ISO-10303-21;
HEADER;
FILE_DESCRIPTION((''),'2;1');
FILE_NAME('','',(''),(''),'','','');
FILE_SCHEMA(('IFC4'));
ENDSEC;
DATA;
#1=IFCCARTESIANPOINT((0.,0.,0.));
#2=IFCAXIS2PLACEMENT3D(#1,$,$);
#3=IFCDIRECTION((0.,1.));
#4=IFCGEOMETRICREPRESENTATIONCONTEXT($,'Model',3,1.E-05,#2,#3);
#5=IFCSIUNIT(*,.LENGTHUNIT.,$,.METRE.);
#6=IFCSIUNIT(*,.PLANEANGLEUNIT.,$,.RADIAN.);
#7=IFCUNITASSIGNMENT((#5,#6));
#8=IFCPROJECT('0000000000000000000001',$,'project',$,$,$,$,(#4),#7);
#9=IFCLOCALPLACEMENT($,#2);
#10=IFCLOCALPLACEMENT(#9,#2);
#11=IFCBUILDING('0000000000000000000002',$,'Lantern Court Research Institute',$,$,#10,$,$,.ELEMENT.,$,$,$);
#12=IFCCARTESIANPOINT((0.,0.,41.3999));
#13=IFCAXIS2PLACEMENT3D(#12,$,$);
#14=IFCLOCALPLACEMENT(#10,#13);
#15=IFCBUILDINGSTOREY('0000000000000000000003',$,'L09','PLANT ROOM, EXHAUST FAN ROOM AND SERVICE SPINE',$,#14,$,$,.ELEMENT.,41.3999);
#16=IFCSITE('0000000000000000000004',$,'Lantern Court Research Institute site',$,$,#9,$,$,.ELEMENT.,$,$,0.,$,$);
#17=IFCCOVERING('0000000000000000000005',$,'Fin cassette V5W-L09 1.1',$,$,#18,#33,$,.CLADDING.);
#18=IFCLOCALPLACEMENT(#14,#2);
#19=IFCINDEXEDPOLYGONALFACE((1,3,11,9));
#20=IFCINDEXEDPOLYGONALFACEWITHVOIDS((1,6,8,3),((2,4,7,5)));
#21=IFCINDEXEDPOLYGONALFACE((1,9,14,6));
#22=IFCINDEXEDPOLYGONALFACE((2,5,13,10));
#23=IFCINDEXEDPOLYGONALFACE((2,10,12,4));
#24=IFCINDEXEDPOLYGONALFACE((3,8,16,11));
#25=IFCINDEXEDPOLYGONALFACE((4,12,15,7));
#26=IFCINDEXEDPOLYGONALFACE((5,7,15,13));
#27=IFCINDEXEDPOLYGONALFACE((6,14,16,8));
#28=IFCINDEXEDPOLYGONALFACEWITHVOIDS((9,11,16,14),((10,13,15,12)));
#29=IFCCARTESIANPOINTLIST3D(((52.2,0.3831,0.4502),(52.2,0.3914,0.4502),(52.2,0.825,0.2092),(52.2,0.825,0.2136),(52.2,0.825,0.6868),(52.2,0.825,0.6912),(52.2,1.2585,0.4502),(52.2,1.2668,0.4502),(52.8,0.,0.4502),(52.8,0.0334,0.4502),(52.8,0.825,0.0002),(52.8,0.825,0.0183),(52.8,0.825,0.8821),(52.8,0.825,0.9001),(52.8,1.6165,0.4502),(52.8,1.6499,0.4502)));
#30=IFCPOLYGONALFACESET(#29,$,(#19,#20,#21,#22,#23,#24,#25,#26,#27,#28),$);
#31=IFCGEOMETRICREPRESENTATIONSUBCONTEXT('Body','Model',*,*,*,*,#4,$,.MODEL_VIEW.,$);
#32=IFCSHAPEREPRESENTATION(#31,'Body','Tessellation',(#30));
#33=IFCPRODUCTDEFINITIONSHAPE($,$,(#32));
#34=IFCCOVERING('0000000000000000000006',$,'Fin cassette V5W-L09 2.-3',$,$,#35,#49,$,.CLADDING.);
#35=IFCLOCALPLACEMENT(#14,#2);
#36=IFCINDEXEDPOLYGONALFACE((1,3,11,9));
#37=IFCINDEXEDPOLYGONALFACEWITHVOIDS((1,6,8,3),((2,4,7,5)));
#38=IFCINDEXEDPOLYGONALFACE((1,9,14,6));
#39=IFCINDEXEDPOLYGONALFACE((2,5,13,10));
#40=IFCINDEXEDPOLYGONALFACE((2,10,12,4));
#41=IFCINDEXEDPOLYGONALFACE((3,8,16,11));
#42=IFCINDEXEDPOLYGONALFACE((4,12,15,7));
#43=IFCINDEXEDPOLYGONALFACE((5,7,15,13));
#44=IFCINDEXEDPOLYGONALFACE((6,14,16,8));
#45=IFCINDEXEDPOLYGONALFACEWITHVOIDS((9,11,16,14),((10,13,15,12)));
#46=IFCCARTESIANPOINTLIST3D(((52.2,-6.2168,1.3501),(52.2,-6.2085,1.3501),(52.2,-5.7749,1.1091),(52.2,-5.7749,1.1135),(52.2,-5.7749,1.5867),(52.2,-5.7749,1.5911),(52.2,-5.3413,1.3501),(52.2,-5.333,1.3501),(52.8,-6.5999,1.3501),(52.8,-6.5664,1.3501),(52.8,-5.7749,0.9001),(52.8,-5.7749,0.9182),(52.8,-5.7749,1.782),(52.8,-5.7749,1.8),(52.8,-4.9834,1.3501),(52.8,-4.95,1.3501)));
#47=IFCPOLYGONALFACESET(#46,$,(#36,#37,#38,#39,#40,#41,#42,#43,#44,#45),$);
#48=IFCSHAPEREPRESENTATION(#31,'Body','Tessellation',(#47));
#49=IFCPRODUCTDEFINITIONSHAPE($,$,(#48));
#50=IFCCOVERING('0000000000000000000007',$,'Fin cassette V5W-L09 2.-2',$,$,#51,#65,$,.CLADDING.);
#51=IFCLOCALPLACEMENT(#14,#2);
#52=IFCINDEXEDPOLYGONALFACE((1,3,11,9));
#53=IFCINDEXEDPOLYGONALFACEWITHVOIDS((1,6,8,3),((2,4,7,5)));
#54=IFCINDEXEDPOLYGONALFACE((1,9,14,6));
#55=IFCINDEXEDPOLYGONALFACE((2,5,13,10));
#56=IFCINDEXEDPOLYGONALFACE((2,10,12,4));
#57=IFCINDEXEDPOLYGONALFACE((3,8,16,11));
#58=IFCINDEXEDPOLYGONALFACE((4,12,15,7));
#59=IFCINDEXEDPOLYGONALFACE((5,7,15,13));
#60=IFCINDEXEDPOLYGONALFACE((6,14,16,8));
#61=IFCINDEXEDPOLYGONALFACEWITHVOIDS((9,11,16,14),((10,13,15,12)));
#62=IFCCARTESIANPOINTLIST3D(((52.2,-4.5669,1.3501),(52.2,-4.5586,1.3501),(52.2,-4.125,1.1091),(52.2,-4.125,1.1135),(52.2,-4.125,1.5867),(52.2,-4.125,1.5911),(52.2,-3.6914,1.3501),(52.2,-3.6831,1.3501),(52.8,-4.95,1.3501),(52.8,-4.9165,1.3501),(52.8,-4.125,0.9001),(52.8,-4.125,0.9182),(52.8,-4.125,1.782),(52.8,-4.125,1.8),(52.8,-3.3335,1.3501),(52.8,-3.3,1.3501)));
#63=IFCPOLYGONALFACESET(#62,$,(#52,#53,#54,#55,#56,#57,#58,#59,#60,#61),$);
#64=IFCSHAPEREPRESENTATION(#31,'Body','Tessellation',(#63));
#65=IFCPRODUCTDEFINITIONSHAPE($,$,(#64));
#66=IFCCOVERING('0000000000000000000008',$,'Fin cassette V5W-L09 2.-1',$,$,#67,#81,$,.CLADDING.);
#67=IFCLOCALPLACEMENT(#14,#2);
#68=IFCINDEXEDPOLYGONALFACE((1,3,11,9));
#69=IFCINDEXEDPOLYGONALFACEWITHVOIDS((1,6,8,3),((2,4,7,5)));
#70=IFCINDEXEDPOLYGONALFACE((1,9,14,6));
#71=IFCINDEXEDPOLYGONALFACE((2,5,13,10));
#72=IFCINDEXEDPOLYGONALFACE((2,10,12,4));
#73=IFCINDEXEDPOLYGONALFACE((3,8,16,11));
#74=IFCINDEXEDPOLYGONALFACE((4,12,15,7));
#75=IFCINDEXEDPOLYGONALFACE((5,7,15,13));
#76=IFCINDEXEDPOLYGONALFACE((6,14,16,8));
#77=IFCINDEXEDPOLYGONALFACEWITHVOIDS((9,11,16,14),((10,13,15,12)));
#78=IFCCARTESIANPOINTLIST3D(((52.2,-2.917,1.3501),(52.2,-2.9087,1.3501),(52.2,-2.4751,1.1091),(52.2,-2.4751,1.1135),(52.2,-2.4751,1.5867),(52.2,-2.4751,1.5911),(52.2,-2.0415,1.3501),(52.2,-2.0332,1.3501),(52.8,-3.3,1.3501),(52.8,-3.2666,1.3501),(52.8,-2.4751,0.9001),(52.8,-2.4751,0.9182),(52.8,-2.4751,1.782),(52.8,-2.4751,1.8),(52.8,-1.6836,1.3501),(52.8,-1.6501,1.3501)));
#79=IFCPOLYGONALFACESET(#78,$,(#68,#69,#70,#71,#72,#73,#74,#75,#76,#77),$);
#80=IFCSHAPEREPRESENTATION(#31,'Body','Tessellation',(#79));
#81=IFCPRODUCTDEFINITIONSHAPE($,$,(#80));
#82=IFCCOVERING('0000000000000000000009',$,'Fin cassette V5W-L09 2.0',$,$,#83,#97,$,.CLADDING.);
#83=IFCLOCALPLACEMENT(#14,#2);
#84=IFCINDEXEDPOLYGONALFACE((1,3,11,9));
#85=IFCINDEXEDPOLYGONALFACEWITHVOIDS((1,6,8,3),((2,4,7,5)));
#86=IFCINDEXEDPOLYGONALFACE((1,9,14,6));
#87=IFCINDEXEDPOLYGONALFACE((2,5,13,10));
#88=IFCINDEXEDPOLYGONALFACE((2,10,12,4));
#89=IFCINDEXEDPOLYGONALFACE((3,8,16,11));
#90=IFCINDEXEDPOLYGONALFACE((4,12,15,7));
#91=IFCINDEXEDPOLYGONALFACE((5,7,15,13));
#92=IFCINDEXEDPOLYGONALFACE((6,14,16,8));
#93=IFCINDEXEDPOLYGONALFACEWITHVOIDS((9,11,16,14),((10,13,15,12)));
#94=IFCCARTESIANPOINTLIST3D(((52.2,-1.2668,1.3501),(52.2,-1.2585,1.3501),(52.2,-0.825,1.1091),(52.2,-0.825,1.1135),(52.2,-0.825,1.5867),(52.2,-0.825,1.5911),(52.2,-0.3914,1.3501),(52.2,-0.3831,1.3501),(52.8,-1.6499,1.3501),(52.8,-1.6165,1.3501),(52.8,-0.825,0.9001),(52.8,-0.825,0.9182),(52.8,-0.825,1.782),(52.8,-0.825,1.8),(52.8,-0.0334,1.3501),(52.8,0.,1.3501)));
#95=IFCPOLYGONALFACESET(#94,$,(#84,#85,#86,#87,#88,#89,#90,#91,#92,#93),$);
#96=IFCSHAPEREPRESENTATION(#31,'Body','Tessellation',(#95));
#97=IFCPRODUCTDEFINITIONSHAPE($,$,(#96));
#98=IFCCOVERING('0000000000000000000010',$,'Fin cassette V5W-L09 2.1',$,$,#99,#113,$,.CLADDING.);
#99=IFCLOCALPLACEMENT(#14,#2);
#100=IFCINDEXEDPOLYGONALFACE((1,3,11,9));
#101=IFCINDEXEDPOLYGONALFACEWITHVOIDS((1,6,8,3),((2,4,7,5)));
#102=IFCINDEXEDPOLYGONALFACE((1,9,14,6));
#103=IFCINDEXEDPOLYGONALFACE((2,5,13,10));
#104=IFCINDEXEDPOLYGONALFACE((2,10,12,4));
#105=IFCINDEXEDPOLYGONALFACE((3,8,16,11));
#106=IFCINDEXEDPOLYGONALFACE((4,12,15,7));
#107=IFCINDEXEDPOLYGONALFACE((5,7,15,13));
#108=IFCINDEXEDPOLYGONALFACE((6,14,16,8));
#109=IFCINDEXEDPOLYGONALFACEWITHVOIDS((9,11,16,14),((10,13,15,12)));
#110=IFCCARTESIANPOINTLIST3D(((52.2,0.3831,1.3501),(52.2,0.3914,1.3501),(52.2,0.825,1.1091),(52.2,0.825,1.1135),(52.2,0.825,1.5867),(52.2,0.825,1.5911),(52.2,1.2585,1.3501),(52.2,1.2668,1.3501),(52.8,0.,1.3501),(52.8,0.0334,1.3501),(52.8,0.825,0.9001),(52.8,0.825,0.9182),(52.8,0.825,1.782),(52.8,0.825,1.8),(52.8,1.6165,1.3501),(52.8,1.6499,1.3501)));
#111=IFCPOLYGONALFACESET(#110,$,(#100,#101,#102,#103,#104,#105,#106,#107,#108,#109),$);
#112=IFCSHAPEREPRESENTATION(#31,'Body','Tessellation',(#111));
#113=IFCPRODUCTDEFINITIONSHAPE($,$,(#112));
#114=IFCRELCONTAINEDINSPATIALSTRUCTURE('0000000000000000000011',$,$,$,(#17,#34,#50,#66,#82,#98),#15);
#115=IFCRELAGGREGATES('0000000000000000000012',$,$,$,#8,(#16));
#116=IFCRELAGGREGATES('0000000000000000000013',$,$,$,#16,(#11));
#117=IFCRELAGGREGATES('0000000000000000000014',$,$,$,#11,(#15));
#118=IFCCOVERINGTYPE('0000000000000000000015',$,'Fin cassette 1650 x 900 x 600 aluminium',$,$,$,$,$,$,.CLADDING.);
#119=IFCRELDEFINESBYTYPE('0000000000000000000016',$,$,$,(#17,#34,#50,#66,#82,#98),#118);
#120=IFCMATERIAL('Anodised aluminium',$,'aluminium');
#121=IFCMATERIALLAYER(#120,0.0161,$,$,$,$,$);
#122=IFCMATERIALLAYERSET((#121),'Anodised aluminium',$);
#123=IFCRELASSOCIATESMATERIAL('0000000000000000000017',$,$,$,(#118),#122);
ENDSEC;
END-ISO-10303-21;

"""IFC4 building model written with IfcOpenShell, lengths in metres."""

from ifc_helpers import new_model, entity, si_unit, direction, frame, origin, place, context, subcontext, project, spatial, material, layer, layer_set, type_object, element, save


model = new_model("IFC4")

# Units and contexts
model_context = context("Model", 3, precision=1e-05, world=origin(), true_north=direction((0.0, 1.0)))
body_context = subcontext(model_context, "Body", "Model", "MODEL_VIEW")
ifc_project = project(units=[si_unit("LENGTHUNIT", "METRE"), si_unit("PLANEANGLEUNIT", "RADIAN")], contexts=[model_context])

# Site, building, storey
site_placement = place(None, origin())
site = spatial("IfcSite", under=ifc_project, at=site_placement, Name="Lantern Court Research Institute site", CompositionType="ELEMENT", RefElevation=0.0)
building_placement = place(site_placement, origin())
building = spatial("IfcBuilding", under=site, at=building_placement, Name="Lantern Court Research Institute", CompositionType="ELEMENT")
storey_placement = place(building_placement, frame((0.0, 0.0, 41.3999)))
storey = spatial("IfcBuildingStorey", under=building, at=storey_placement, Name="L09", Description="PLANT ROOM, EXHAUST FAN ROOM AND SERVICE SPINE", CompositionType="ELEMENT", Elevation=41.3999)

# Coverings
ifc_material_1 = material(Name="Anodised aluminium", Category="aluminium")
ifc_layer_1 = layer(ifc_material_1, 0.0161)
ifc_layer_set_1 = layer_set([ifc_layer_1], Name="Anodised aluminium")
covering_type = type_object("IfcCoveringType", Name="Fin cassette 1650 x 900 x 600 aluminium", PredefinedType="CLADDING", material=ifc_layer_set_1)
covering_1_placement = place(storey_placement, frame((52.8, 0.825, 0.4502), z_axis=(-1.0, 0.0, 0.0), x_axis=(0.0, -1.0, 0.0)))
cartesian_point_1 = entity("IfcCartesianPoint", [0.825, 0.0])
cartesian_point_2 = entity("IfcCartesianPoint", [0.7915, 0.0])
cartesian_point_3 = entity("IfcCartesianPoint", [0.4419, 0.0])
cartesian_point_4 = entity("IfcCartesianPoint", [0.4336, 0.0])
element("IfcCovering", 1, at=covering_1_placement, inside=storey, type_object=covering_type, Name="Fin cassette V5W-L09 1.1", PredefinedType="CLADDING", context=body_context, shape_type="SweptSolid", body=[
    entity("IfcExtrudedAreaSolidTapered", entity("IfcArbitraryProfileDefWithVoids", "AREA", None, entity("IfcPolyline", [cartesian_point_1, entity("IfcCartesianPoint", [0.0, 0.45]), entity("IfcCartesianPoint", [-0.825, 0.0]), entity("IfcCartesianPoint", [0.0, -0.45]), cartesian_point_1]), [entity("IfcPolyline", [cartesian_point_2, entity("IfcCartesianPoint", [0.0, 0.4319]), entity("IfcCartesianPoint", [-0.7915, 0.0]), entity("IfcCartesianPoint", [0.0, -0.4319]), cartesian_point_2])]), entity("IfcAxis2Placement3D", entity("IfcCartesianPoint", [0.0, 0.0, 0.0])), entity("IfcDirection", [0.0, 0.0, 1.0]), 0.6001, entity("IfcArbitraryProfileDefWithVoids", "AREA", None, entity("IfcPolyline", [cartesian_point_3, entity("IfcCartesianPoint", [0.0, 0.241]), entity("IfcCartesianPoint", [-0.4419, 0.0]), entity("IfcCartesianPoint", [0.0, -0.241]), cartesian_point_3]), [entity("IfcPolyline", [cartesian_point_4, entity("IfcCartesianPoint", [0.0, 0.2366]), entity("IfcCartesianPoint", [-0.4336, 0.0]), entity("IfcCartesianPoint", [0.0, -0.2366]), cartesian_point_4])])),
])
covering_2_placement = place(storey_placement, frame((52.8, -5.7749, 1.3501), z_axis=(-1.0, 0.0, 0.0), x_axis=(0.0, -1.0, 0.0)))
cartesian_point_5 = entity("IfcCartesianPoint", [0.825, 0.0])
cartesian_point_6 = entity("IfcCartesianPoint", [0.7915, 0.0])
cartesian_point_7 = entity("IfcCartesianPoint", [0.4419, 0.0])
cartesian_point_8 = entity("IfcCartesianPoint", [0.4336, 0.0])
element("IfcCovering", 2, at=covering_2_placement, inside=storey, type_object=covering_type, Name="Fin cassette V5W-L09 2.-3", PredefinedType="CLADDING", context=body_context, shape_type="SweptSolid", body=[
    entity("IfcExtrudedAreaSolidTapered", entity("IfcArbitraryProfileDefWithVoids", "AREA", None, entity("IfcPolyline", [cartesian_point_5, entity("IfcCartesianPoint", [0.0, 0.45]), entity("IfcCartesianPoint", [-0.825, 0.0]), entity("IfcCartesianPoint", [0.0, -0.45]), cartesian_point_5]), [entity("IfcPolyline", [cartesian_point_6, entity("IfcCartesianPoint", [0.0, 0.4319]), entity("IfcCartesianPoint", [-0.7915, 0.0]), entity("IfcCartesianPoint", [0.0, -0.4319]), cartesian_point_6])]), entity("IfcAxis2Placement3D", entity("IfcCartesianPoint", [0.0, 0.0, 0.0])), entity("IfcDirection", [0.0, 0.0, 1.0]), 0.6001, entity("IfcArbitraryProfileDefWithVoids", "AREA", None, entity("IfcPolyline", [cartesian_point_7, entity("IfcCartesianPoint", [0.0, 0.241]), entity("IfcCartesianPoint", [-0.4419, 0.0]), entity("IfcCartesianPoint", [0.0, -0.241]), cartesian_point_7]), [entity("IfcPolyline", [cartesian_point_8, entity("IfcCartesianPoint", [0.0, 0.2366]), entity("IfcCartesianPoint", [-0.4336, 0.0]), entity("IfcCartesianPoint", [0.0, -0.2366]), cartesian_point_8])])),
])
covering_3_placement = place(storey_placement, frame((52.8, -4.125, 1.3501), z_axis=(-1.0, 0.0, 0.0), x_axis=(0.0, -1.0, 0.0)))
cartesian_point_9 = entity("IfcCartesianPoint", [0.825, 0.0])
cartesian_point_10 = entity("IfcCartesianPoint", [0.7915, 0.0])
cartesian_point_11 = entity("IfcCartesianPoint", [0.4419, 0.0])
cartesian_point_12 = entity("IfcCartesianPoint", [0.4336, 0.0])
element("IfcCovering", 3, at=covering_3_placement, inside=storey, type_object=covering_type, Name="Fin cassette V5W-L09 2.-2", PredefinedType="CLADDING", context=body_context, shape_type="SweptSolid", body=[
    entity("IfcExtrudedAreaSolidTapered", entity("IfcArbitraryProfileDefWithVoids", "AREA", None, entity("IfcPolyline", [cartesian_point_9, entity("IfcCartesianPoint", [0.0, 0.45]), entity("IfcCartesianPoint", [-0.825, 0.0]), entity("IfcCartesianPoint", [0.0, -0.45]), cartesian_point_9]), [entity("IfcPolyline", [cartesian_point_10, entity("IfcCartesianPoint", [0.0, 0.4319]), entity("IfcCartesianPoint", [-0.7915, 0.0]), entity("IfcCartesianPoint", [0.0, -0.4319]), cartesian_point_10])]), entity("IfcAxis2Placement3D", entity("IfcCartesianPoint", [0.0, 0.0, 0.0])), entity("IfcDirection", [0.0, 0.0, 1.0]), 0.6001, entity("IfcArbitraryProfileDefWithVoids", "AREA", None, entity("IfcPolyline", [cartesian_point_11, entity("IfcCartesianPoint", [0.0, 0.241]), entity("IfcCartesianPoint", [-0.4419, 0.0]), entity("IfcCartesianPoint", [0.0, -0.241]), cartesian_point_11]), [entity("IfcPolyline", [cartesian_point_12, entity("IfcCartesianPoint", [0.0, 0.2366]), entity("IfcCartesianPoint", [-0.4336, 0.0]), entity("IfcCartesianPoint", [0.0, -0.2366]), cartesian_point_12])])),
])
covering_4_placement = place(storey_placement, frame((52.8, -2.4751, 1.3501), z_axis=(-1.0, 0.0, 0.0), x_axis=(0.0, -1.0, 0.0)))
cartesian_point_13 = entity("IfcCartesianPoint", [0.825, 0.0])
cartesian_point_14 = entity("IfcCartesianPoint", [0.7915, 0.0])
cartesian_point_15 = entity("IfcCartesianPoint", [0.4419, 0.0])
cartesian_point_16 = entity("IfcCartesianPoint", [0.4336, 0.0])
element("IfcCovering", 4, at=covering_4_placement, inside=storey, type_object=covering_type, Name="Fin cassette V5W-L09 2.-1", PredefinedType="CLADDING", context=body_context, shape_type="SweptSolid", body=[
    entity("IfcExtrudedAreaSolidTapered", entity("IfcArbitraryProfileDefWithVoids", "AREA", None, entity("IfcPolyline", [cartesian_point_13, entity("IfcCartesianPoint", [0.0, 0.45]), entity("IfcCartesianPoint", [-0.825, 0.0]), entity("IfcCartesianPoint", [0.0, -0.45]), cartesian_point_13]), [entity("IfcPolyline", [cartesian_point_14, entity("IfcCartesianPoint", [0.0, 0.4319]), entity("IfcCartesianPoint", [-0.7915, 0.0]), entity("IfcCartesianPoint", [0.0, -0.4319]), cartesian_point_14])]), entity("IfcAxis2Placement3D", entity("IfcCartesianPoint", [0.0, 0.0, 0.0])), entity("IfcDirection", [0.0, 0.0, 1.0]), 0.6001, entity("IfcArbitraryProfileDefWithVoids", "AREA", None, entity("IfcPolyline", [cartesian_point_15, entity("IfcCartesianPoint", [0.0, 0.241]), entity("IfcCartesianPoint", [-0.4419, 0.0]), entity("IfcCartesianPoint", [0.0, -0.241]), cartesian_point_15]), [entity("IfcPolyline", [cartesian_point_16, entity("IfcCartesianPoint", [0.0, 0.2366]), entity("IfcCartesianPoint", [-0.4336, 0.0]), entity("IfcCartesianPoint", [0.0, -0.2366]), cartesian_point_16])])),
])
covering_5_placement = place(storey_placement, frame((52.8, -0.825, 1.3501), z_axis=(-1.0, 0.0, 0.0), x_axis=(0.0, -1.0, 0.0)))
cartesian_point_17 = entity("IfcCartesianPoint", [0.825, 0.0])
cartesian_point_18 = entity("IfcCartesianPoint", [0.7915, 0.0])
cartesian_point_19 = entity("IfcCartesianPoint", [0.4419, 0.0])
cartesian_point_20 = entity("IfcCartesianPoint", [0.4336, 0.0])
element("IfcCovering", 5, at=covering_5_placement, inside=storey, type_object=covering_type, Name="Fin cassette V5W-L09 2.0", PredefinedType="CLADDING", context=body_context, shape_type="SweptSolid", body=[
    entity("IfcExtrudedAreaSolidTapered", entity("IfcArbitraryProfileDefWithVoids", "AREA", None, entity("IfcPolyline", [cartesian_point_17, entity("IfcCartesianPoint", [0.0, 0.45]), entity("IfcCartesianPoint", [-0.825, 0.0]), entity("IfcCartesianPoint", [0.0, -0.45]), cartesian_point_17]), [entity("IfcPolyline", [cartesian_point_18, entity("IfcCartesianPoint", [0.0, 0.4319]), entity("IfcCartesianPoint", [-0.7915, 0.0]), entity("IfcCartesianPoint", [0.0, -0.4319]), cartesian_point_18])]), entity("IfcAxis2Placement3D", entity("IfcCartesianPoint", [0.0, 0.0, 0.0])), entity("IfcDirection", [0.0, 0.0, 1.0]), 0.6001, entity("IfcArbitraryProfileDefWithVoids", "AREA", None, entity("IfcPolyline", [cartesian_point_19, entity("IfcCartesianPoint", [0.0, 0.241]), entity("IfcCartesianPoint", [-0.4419, 0.0]), entity("IfcCartesianPoint", [0.0, -0.241]), cartesian_point_19]), [entity("IfcPolyline", [cartesian_point_20, entity("IfcCartesianPoint", [0.0, 0.2366]), entity("IfcCartesianPoint", [-0.4336, 0.0]), entity("IfcCartesianPoint", [0.0, -0.2366]), cartesian_point_20])])),
])
covering_6_placement = place(storey_placement, frame((52.8, 0.825, 1.3501), z_axis=(-1.0, 0.0, 0.0), x_axis=(0.0, -1.0, 0.0)))
cartesian_point_21 = entity("IfcCartesianPoint", [0.825, 0.0])
cartesian_point_22 = entity("IfcCartesianPoint", [0.7915, 0.0])
cartesian_point_23 = entity("IfcCartesianPoint", [0.4419, 0.0])
cartesian_point_24 = entity("IfcCartesianPoint", [0.4336, 0.0])
element("IfcCovering", 6, at=covering_6_placement, inside=storey, type_object=covering_type, Name="Fin cassette V5W-L09 2.1", PredefinedType="CLADDING", context=body_context, shape_type="SweptSolid", body=[
    entity("IfcExtrudedAreaSolidTapered", entity("IfcArbitraryProfileDefWithVoids", "AREA", None, entity("IfcPolyline", [cartesian_point_21, entity("IfcCartesianPoint", [0.0, 0.45]), entity("IfcCartesianPoint", [-0.825, 0.0]), entity("IfcCartesianPoint", [0.0, -0.45]), cartesian_point_21]), [entity("IfcPolyline", [cartesian_point_22, entity("IfcCartesianPoint", [0.0, 0.4319]), entity("IfcCartesianPoint", [-0.7915, 0.0]), entity("IfcCartesianPoint", [0.0, -0.4319]), cartesian_point_22])]), entity("IfcAxis2Placement3D", entity("IfcCartesianPoint", [0.0, 0.0, 0.0])), entity("IfcDirection", [0.0, 0.0, 1.0]), 0.6001, entity("IfcArbitraryProfileDefWithVoids", "AREA", None, entity("IfcPolyline", [cartesian_point_23, entity("IfcCartesianPoint", [0.0, 0.241]), entity("IfcCartesianPoint", [-0.4419, 0.0]), entity("IfcCartesianPoint", [0.0, -0.241]), cartesian_point_23]), [entity("IfcPolyline", [cartesian_point_24, entity("IfcCartesianPoint", [0.0, 0.2366]), entity("IfcCartesianPoint", [-0.4336, 0.0]), entity("IfcCartesianPoint", [0.0, -0.2366]), cartesian_point_24])])),
])

save(model, "model.ifc")
